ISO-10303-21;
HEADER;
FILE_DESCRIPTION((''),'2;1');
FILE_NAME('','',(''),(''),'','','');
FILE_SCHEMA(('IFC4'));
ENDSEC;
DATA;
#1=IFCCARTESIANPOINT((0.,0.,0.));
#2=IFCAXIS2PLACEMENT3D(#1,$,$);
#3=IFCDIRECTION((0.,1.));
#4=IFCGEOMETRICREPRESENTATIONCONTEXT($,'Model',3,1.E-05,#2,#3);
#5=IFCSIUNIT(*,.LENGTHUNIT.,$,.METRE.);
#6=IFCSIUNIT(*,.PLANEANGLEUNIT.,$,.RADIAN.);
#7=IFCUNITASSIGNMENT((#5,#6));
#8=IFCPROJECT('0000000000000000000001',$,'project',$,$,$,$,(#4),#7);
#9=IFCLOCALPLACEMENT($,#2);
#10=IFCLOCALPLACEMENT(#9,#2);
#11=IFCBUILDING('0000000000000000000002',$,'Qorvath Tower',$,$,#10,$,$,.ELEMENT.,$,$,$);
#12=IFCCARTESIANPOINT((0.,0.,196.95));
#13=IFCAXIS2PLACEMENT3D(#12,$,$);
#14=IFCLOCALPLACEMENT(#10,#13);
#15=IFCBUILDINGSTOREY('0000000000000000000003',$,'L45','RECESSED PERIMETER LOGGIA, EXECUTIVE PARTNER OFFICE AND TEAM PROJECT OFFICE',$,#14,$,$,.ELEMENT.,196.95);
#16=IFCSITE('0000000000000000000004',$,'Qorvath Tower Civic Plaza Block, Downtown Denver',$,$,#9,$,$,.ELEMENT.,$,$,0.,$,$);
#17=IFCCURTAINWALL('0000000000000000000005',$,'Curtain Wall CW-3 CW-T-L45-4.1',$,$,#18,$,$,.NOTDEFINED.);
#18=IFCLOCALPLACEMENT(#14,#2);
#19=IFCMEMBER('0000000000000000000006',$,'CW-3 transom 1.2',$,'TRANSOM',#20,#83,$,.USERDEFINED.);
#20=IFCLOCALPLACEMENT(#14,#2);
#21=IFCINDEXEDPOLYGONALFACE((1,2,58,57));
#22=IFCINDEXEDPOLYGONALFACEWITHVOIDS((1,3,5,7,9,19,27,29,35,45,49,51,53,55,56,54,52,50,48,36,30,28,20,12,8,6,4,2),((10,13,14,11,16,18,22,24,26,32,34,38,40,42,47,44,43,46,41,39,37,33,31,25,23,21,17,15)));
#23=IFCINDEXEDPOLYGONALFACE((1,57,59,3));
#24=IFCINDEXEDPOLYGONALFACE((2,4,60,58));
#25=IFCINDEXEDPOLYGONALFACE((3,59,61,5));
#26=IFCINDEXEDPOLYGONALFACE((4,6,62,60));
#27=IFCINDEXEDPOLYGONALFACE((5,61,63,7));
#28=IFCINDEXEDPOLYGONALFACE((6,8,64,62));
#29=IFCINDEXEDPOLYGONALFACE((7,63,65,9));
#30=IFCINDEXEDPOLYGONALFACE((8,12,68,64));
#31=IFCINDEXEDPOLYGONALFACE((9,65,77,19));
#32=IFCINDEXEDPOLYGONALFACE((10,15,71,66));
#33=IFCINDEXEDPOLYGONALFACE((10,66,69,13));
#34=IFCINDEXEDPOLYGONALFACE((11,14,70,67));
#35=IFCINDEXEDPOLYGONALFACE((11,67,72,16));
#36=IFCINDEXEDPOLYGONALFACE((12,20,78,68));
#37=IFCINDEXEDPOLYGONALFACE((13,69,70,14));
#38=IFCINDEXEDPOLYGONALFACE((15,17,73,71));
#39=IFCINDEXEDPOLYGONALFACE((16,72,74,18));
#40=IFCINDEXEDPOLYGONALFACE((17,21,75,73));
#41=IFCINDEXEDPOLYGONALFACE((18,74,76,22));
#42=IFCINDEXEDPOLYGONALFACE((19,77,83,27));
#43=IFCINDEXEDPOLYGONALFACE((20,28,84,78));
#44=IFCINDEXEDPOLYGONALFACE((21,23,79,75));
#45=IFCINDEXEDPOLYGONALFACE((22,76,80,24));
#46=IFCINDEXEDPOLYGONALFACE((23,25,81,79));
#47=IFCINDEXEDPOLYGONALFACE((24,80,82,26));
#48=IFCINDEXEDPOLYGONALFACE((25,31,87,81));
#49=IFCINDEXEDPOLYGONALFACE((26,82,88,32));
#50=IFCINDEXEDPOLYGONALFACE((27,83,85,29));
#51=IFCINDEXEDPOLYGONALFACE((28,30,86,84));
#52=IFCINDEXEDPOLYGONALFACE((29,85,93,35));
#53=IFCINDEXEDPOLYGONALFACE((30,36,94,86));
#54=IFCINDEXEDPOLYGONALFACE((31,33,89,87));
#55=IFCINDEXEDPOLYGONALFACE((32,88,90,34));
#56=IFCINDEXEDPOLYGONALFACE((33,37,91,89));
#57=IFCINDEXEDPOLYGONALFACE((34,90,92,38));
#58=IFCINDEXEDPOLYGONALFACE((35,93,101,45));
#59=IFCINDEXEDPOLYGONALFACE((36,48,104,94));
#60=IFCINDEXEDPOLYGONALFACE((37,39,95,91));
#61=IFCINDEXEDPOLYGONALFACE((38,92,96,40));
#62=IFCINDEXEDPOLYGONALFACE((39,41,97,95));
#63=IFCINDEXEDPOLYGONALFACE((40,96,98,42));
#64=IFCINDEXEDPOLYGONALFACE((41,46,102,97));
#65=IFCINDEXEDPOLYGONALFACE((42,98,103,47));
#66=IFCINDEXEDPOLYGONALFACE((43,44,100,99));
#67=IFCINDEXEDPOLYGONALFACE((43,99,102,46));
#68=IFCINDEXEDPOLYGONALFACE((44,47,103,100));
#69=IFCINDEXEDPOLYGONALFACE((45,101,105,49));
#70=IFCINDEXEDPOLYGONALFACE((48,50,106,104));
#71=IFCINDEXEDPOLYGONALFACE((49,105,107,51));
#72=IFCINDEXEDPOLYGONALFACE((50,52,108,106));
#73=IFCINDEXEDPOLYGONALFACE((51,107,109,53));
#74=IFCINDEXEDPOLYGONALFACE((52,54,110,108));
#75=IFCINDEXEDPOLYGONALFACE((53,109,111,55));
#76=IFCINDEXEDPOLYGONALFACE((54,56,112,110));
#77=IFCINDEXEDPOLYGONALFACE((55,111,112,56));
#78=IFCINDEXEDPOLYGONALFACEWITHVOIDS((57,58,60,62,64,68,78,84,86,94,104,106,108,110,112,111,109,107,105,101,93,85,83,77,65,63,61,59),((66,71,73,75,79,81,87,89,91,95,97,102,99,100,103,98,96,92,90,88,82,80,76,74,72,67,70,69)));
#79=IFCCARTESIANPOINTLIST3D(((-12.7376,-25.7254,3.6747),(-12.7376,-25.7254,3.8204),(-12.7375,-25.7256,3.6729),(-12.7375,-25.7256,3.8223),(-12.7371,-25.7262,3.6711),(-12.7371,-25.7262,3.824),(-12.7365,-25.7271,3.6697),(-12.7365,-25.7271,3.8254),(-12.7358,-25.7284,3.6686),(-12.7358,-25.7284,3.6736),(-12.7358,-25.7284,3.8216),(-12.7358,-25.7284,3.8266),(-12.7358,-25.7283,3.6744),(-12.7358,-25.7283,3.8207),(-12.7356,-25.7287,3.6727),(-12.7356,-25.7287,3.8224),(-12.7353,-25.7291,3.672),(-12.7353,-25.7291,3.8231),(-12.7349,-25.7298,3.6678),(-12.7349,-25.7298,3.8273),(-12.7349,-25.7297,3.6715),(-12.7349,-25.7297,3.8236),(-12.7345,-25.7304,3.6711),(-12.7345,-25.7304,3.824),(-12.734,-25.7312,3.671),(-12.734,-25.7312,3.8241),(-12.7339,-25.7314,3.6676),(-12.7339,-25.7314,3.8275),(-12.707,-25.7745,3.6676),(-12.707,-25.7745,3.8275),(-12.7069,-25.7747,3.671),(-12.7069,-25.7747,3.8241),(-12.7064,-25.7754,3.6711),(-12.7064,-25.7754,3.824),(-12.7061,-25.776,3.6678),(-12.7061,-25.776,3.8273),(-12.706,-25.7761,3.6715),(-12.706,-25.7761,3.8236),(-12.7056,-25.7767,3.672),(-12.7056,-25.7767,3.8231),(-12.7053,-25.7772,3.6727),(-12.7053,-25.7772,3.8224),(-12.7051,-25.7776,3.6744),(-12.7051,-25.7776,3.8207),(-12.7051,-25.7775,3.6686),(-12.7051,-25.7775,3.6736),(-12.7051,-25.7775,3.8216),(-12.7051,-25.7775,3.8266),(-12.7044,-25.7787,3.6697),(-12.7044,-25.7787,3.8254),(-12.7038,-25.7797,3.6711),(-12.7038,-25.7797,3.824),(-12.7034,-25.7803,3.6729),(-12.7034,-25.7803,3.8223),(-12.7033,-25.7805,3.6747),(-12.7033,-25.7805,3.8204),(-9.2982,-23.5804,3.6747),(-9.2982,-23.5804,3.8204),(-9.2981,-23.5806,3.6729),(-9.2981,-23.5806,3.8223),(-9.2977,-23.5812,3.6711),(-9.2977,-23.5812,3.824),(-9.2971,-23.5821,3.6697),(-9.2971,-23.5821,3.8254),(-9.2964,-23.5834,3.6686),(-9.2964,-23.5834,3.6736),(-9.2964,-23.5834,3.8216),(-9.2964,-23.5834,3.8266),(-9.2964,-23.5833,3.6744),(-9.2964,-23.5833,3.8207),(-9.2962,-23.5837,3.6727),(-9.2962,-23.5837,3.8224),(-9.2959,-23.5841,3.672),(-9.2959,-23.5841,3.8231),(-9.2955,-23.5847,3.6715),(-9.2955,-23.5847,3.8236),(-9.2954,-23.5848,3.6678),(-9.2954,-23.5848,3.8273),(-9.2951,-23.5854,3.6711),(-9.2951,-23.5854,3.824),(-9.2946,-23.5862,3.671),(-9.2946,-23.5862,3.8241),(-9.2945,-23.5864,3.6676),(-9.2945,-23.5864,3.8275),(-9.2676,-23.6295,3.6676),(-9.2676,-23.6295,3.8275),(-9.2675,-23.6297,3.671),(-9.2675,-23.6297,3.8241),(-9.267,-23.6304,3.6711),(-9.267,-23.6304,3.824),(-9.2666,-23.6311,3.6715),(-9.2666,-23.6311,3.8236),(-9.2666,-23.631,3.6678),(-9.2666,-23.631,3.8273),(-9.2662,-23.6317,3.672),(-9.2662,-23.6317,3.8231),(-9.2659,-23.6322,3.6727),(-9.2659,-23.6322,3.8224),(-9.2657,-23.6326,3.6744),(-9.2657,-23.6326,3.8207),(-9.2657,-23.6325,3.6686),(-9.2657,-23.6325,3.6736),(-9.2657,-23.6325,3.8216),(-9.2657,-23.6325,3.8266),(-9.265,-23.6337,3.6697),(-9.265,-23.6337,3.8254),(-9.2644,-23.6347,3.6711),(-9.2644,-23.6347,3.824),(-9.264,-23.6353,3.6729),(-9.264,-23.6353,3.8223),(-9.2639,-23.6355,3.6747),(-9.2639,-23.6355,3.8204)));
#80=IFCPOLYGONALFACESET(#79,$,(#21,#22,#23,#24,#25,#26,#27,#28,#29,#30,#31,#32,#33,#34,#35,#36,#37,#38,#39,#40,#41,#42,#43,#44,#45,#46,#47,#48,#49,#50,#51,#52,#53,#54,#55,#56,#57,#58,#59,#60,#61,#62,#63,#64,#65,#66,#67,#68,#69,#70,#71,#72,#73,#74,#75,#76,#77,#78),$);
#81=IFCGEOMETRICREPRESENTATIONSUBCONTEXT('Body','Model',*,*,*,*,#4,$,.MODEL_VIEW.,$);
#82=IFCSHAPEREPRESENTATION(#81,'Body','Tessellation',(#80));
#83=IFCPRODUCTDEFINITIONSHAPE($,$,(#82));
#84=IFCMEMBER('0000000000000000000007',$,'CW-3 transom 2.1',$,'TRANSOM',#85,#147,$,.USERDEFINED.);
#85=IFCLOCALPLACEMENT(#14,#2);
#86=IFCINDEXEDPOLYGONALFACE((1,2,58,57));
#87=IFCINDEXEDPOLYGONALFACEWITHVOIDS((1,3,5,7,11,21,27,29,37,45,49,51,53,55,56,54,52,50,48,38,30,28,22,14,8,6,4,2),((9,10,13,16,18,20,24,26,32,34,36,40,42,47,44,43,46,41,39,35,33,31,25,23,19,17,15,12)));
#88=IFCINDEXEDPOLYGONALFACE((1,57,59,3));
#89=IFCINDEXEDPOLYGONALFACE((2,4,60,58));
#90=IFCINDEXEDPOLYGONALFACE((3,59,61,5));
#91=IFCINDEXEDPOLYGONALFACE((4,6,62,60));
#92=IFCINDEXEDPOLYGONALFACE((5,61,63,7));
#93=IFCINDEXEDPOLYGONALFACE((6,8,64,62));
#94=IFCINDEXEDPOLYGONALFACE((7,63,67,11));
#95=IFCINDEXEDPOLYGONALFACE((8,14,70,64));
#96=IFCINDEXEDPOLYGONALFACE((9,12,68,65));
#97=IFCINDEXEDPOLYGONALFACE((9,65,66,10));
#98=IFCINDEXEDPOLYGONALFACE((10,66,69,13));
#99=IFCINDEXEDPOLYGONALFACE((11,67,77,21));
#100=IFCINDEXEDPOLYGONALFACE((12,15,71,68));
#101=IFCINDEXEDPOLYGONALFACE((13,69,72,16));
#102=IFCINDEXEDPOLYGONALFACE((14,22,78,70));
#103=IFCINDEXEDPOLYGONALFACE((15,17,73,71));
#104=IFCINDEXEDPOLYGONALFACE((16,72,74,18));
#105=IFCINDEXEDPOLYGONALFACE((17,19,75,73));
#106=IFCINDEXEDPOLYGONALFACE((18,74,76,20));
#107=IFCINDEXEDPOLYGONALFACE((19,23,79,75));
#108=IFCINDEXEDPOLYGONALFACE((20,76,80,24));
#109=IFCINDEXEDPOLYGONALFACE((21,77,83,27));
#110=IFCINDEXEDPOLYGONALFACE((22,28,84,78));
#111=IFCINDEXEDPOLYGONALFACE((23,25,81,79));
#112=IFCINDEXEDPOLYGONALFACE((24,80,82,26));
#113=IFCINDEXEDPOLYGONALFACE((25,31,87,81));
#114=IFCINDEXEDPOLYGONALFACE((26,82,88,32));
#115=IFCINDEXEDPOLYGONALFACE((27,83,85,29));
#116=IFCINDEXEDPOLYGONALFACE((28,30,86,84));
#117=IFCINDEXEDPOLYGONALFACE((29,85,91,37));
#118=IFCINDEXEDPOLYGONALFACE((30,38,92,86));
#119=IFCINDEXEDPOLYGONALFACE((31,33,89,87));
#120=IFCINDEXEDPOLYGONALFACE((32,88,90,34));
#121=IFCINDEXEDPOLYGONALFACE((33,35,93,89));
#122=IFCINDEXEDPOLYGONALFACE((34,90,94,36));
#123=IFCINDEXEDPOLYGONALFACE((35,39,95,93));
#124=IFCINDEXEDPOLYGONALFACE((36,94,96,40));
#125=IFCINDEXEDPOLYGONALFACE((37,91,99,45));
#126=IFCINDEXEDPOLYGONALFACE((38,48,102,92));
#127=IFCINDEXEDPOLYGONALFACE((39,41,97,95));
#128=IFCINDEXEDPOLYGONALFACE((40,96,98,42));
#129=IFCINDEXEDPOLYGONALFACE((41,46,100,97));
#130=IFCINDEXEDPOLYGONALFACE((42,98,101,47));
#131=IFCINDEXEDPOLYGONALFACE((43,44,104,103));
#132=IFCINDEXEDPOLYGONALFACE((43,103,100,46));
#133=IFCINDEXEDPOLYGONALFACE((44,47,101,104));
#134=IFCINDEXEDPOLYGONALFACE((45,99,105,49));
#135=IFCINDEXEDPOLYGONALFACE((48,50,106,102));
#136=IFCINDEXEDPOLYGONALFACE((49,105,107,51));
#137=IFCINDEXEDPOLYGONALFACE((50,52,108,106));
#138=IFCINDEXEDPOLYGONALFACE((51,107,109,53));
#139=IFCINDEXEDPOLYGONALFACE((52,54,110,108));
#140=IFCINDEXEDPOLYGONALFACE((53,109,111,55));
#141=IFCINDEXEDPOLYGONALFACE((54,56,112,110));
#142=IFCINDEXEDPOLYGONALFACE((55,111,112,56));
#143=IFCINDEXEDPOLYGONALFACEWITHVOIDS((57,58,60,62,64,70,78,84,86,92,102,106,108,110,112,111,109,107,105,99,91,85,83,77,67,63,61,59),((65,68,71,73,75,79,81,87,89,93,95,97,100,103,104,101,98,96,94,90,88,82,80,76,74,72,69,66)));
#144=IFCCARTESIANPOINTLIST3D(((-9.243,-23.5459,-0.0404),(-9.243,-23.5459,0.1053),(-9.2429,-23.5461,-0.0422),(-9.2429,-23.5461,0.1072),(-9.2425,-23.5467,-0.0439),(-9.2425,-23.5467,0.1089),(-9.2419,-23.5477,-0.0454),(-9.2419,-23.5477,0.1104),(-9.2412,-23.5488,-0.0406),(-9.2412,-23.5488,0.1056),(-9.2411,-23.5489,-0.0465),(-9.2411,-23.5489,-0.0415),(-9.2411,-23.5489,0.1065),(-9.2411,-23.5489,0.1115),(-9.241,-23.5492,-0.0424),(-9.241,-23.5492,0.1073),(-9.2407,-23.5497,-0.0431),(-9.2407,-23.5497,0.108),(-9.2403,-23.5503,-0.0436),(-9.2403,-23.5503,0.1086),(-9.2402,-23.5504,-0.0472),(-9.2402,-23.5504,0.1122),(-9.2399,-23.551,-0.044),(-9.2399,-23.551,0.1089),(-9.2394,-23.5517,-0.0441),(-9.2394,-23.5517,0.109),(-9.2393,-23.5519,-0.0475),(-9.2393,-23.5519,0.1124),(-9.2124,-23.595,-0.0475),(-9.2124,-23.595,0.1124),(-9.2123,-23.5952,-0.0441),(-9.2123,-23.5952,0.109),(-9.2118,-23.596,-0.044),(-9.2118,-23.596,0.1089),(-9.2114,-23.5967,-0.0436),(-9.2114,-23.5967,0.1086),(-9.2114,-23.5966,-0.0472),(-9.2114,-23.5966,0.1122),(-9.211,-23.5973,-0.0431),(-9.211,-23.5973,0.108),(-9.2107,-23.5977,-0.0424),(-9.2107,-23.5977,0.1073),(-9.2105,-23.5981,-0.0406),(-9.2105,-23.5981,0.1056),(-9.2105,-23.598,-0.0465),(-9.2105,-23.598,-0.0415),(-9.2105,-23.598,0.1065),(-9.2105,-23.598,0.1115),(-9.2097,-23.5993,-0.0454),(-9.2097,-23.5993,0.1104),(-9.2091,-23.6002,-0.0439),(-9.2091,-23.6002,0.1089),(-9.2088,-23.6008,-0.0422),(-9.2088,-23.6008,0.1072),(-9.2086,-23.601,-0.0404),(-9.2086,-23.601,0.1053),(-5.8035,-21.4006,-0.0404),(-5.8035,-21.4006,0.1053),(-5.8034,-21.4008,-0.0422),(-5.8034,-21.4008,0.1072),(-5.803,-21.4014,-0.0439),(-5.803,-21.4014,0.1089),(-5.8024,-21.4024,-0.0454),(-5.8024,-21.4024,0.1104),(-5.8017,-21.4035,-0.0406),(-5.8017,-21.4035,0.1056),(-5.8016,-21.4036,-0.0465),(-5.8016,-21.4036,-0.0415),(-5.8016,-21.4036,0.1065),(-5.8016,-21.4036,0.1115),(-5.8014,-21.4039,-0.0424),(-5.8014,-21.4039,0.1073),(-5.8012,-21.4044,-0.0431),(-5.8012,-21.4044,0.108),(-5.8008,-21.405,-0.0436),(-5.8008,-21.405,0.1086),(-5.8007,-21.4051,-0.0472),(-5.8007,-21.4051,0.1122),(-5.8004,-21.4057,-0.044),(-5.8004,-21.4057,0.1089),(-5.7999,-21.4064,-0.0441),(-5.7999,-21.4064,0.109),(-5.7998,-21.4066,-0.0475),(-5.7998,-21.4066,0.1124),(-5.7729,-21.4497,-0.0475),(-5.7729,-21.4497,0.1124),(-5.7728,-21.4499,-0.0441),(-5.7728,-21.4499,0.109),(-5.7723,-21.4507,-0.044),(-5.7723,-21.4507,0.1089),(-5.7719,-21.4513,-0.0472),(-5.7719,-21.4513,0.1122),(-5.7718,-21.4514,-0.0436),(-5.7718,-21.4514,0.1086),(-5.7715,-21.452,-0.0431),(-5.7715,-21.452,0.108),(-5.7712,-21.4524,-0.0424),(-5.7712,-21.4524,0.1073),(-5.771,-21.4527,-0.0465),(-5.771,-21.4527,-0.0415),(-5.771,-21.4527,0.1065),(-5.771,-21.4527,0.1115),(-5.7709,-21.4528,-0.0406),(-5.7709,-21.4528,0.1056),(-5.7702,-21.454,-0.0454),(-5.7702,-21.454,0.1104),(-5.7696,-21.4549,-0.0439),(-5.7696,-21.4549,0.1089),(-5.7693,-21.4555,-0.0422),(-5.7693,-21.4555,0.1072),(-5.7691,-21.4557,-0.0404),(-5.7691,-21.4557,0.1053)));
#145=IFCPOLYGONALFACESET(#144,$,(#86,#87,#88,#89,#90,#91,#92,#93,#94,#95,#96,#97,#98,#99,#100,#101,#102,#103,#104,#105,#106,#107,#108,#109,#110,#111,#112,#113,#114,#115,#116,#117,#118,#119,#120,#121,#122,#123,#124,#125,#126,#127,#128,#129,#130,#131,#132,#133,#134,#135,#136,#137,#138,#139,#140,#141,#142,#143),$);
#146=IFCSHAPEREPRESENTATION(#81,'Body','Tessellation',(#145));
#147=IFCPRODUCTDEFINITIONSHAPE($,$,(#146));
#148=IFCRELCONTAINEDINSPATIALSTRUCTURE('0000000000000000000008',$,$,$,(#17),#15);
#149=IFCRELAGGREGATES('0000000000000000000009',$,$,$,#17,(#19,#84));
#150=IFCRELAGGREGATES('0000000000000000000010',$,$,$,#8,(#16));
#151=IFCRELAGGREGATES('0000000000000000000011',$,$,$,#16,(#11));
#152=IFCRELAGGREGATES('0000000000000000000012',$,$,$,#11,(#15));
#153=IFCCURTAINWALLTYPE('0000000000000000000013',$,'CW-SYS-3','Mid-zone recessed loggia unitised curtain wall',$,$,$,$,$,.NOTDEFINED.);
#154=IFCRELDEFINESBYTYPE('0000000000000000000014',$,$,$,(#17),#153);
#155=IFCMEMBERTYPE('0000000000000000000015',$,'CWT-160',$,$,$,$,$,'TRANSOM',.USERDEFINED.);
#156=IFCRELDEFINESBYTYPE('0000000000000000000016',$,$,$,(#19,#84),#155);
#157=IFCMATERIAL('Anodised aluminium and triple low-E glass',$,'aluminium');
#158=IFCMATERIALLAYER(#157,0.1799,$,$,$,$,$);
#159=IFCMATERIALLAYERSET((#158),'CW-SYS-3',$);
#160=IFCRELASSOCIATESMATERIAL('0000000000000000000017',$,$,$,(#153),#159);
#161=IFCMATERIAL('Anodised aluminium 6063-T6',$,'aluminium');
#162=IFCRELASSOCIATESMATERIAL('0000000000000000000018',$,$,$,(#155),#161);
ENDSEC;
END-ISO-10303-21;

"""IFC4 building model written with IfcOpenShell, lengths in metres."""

from ifc_helpers import new_model, si_unit, direction, frame, origin, origin_2d, place, context, subcontext, project, spatial, hollow_rectangle, extrude, material, layer, layer_set, material_profile, profile_set, type_object, element, aggregate, save


model = new_model("IFC4")

# Units and contexts
model_context = context("Model", 3, precision=1e-05, world=origin(), true_north=direction((0.0, 1.0)))
body_context = subcontext(model_context, "Body", "Model", "MODEL_VIEW")
ifc_project = project(units=[si_unit("LENGTHUNIT", "METRE"), si_unit("PLANEANGLEUNIT", "RADIAN")], contexts=[model_context])

# Site, building, storey
site_placement = place(None, origin())
site = spatial("IfcSite", under=ifc_project, at=site_placement, Name="Qorvath Tower Civic Plaza Block, Downtown Denver", CompositionType="ELEMENT", RefElevation=0.0)
building_placement = place(site_placement, origin())
building = spatial("IfcBuilding", under=site, at=building_placement, Name="Qorvath Tower", CompositionType="ELEMENT")
storey_placement = place(building_placement, frame((0.0, 0.0, 196.95)))
storey = spatial("IfcBuildingStorey", under=building, at=storey_placement, Name="L45", Description="RECESSED PERIMETER LOGGIA, EXECUTIVE PARTNER OFFICE AND TEAM PROJECT OFFICE", CompositionType="ELEMENT", Elevation=196.95)

# Shared definitions
ifc_material_1 = material(Name="Anodised aluminium and triple low-E glass", Category="aluminium")
ifc_layer_1 = layer(ifc_material_1, 0.1799)
ifc_layer_set_1 = layer_set([ifc_layer_1], Name="CW-SYS-3")
curtain_wall_type = type_object("IfcCurtainWallType", Name="CW-SYS-3", Description="Mid-zone recessed loggia unitised curtain wall", PredefinedType="NOTDEFINED", material=ifc_layer_set_1)

# Curtain wall
curtain_wall_1_placement = place(storey_placement, origin())
curtain_wall_1 = element("IfcCurtainWall", 1, at=curtain_wall_1_placement, inside=storey, type_object=curtain_wall_type, Name="Curtain Wall CW-3 CW-T-L45-4.1", PredefinedType="NOTDEFINED")

# Members
ifc_material_2 = material(Name="Anodised aluminium 6063-T6", Category="aluminium")
ifc_material_profile_1 = material_profile(ifc_material_2, hollow_rectangle(XDim=0.0649, YDim=0.1599, WallThickness=0.0034, InnerFilletRadius=0.0034, OuterFilletRadius=0.0071, at=origin_2d()), Name="CWT 160x65")
ifc_profile_set_1 = profile_set([ifc_material_profile_1], Name="Anodised aluminium 6063-T6")
member_type_1 = type_object("IfcMemberType", Name="CWT-160", ElementType="TRANSOM", PredefinedType="USERDEFINED", material=ifc_profile_set_1)
member_1_placement = place(storey_placement, frame((-12.7205, -25.7529, 3.7476), z_axis=(0.848512, 0.529176, 0.0), x_axis=(-0.529176, 0.848512, 0.0)))
member_1 = element("IfcMember", 2, at=member_1_placement, type_object=member_type_1, Name="CW-3 transom 1.2", ObjectType="TRANSOM", PredefinedType="USERDEFINED", context=body_context, shape_type="SweptSolid", body=[
    extrude(hollow_rectangle(XDim=0.0649, YDim=0.1599, WallThickness=0.0034, InnerFilletRadius=0.0034, OuterFilletRadius=0.0071, at=origin_2d()), origin(), (0.0, 0.0, 1.0), 4.0535),
])
member_2_placement = place(storey_placement, frame((-9.2258, -23.5735, 0.0325), z_axis=(0.848485, 0.529219, 0.0), x_axis=(-0.529219, 0.848485, 0.0)))
member_2 = element("IfcMember", 3, at=member_2_placement, type_object=member_type_1, Name="CW-3 transom 2.1", ObjectType="TRANSOM", PredefinedType="USERDEFINED", context=body_context, shape_type="SweptSolid", body=[
    extrude(hollow_rectangle(XDim=0.0649, YDim=0.1599, WallThickness=0.0034, InnerFilletRadius=0.0034, OuterFilletRadius=0.0071, at=origin_2d()), origin(), (0.0, 0.0, 1.0), 4.0537),
])

aggregate(curtain_wall_1, [member_1, member_2])

save(model, "model.ifc")
